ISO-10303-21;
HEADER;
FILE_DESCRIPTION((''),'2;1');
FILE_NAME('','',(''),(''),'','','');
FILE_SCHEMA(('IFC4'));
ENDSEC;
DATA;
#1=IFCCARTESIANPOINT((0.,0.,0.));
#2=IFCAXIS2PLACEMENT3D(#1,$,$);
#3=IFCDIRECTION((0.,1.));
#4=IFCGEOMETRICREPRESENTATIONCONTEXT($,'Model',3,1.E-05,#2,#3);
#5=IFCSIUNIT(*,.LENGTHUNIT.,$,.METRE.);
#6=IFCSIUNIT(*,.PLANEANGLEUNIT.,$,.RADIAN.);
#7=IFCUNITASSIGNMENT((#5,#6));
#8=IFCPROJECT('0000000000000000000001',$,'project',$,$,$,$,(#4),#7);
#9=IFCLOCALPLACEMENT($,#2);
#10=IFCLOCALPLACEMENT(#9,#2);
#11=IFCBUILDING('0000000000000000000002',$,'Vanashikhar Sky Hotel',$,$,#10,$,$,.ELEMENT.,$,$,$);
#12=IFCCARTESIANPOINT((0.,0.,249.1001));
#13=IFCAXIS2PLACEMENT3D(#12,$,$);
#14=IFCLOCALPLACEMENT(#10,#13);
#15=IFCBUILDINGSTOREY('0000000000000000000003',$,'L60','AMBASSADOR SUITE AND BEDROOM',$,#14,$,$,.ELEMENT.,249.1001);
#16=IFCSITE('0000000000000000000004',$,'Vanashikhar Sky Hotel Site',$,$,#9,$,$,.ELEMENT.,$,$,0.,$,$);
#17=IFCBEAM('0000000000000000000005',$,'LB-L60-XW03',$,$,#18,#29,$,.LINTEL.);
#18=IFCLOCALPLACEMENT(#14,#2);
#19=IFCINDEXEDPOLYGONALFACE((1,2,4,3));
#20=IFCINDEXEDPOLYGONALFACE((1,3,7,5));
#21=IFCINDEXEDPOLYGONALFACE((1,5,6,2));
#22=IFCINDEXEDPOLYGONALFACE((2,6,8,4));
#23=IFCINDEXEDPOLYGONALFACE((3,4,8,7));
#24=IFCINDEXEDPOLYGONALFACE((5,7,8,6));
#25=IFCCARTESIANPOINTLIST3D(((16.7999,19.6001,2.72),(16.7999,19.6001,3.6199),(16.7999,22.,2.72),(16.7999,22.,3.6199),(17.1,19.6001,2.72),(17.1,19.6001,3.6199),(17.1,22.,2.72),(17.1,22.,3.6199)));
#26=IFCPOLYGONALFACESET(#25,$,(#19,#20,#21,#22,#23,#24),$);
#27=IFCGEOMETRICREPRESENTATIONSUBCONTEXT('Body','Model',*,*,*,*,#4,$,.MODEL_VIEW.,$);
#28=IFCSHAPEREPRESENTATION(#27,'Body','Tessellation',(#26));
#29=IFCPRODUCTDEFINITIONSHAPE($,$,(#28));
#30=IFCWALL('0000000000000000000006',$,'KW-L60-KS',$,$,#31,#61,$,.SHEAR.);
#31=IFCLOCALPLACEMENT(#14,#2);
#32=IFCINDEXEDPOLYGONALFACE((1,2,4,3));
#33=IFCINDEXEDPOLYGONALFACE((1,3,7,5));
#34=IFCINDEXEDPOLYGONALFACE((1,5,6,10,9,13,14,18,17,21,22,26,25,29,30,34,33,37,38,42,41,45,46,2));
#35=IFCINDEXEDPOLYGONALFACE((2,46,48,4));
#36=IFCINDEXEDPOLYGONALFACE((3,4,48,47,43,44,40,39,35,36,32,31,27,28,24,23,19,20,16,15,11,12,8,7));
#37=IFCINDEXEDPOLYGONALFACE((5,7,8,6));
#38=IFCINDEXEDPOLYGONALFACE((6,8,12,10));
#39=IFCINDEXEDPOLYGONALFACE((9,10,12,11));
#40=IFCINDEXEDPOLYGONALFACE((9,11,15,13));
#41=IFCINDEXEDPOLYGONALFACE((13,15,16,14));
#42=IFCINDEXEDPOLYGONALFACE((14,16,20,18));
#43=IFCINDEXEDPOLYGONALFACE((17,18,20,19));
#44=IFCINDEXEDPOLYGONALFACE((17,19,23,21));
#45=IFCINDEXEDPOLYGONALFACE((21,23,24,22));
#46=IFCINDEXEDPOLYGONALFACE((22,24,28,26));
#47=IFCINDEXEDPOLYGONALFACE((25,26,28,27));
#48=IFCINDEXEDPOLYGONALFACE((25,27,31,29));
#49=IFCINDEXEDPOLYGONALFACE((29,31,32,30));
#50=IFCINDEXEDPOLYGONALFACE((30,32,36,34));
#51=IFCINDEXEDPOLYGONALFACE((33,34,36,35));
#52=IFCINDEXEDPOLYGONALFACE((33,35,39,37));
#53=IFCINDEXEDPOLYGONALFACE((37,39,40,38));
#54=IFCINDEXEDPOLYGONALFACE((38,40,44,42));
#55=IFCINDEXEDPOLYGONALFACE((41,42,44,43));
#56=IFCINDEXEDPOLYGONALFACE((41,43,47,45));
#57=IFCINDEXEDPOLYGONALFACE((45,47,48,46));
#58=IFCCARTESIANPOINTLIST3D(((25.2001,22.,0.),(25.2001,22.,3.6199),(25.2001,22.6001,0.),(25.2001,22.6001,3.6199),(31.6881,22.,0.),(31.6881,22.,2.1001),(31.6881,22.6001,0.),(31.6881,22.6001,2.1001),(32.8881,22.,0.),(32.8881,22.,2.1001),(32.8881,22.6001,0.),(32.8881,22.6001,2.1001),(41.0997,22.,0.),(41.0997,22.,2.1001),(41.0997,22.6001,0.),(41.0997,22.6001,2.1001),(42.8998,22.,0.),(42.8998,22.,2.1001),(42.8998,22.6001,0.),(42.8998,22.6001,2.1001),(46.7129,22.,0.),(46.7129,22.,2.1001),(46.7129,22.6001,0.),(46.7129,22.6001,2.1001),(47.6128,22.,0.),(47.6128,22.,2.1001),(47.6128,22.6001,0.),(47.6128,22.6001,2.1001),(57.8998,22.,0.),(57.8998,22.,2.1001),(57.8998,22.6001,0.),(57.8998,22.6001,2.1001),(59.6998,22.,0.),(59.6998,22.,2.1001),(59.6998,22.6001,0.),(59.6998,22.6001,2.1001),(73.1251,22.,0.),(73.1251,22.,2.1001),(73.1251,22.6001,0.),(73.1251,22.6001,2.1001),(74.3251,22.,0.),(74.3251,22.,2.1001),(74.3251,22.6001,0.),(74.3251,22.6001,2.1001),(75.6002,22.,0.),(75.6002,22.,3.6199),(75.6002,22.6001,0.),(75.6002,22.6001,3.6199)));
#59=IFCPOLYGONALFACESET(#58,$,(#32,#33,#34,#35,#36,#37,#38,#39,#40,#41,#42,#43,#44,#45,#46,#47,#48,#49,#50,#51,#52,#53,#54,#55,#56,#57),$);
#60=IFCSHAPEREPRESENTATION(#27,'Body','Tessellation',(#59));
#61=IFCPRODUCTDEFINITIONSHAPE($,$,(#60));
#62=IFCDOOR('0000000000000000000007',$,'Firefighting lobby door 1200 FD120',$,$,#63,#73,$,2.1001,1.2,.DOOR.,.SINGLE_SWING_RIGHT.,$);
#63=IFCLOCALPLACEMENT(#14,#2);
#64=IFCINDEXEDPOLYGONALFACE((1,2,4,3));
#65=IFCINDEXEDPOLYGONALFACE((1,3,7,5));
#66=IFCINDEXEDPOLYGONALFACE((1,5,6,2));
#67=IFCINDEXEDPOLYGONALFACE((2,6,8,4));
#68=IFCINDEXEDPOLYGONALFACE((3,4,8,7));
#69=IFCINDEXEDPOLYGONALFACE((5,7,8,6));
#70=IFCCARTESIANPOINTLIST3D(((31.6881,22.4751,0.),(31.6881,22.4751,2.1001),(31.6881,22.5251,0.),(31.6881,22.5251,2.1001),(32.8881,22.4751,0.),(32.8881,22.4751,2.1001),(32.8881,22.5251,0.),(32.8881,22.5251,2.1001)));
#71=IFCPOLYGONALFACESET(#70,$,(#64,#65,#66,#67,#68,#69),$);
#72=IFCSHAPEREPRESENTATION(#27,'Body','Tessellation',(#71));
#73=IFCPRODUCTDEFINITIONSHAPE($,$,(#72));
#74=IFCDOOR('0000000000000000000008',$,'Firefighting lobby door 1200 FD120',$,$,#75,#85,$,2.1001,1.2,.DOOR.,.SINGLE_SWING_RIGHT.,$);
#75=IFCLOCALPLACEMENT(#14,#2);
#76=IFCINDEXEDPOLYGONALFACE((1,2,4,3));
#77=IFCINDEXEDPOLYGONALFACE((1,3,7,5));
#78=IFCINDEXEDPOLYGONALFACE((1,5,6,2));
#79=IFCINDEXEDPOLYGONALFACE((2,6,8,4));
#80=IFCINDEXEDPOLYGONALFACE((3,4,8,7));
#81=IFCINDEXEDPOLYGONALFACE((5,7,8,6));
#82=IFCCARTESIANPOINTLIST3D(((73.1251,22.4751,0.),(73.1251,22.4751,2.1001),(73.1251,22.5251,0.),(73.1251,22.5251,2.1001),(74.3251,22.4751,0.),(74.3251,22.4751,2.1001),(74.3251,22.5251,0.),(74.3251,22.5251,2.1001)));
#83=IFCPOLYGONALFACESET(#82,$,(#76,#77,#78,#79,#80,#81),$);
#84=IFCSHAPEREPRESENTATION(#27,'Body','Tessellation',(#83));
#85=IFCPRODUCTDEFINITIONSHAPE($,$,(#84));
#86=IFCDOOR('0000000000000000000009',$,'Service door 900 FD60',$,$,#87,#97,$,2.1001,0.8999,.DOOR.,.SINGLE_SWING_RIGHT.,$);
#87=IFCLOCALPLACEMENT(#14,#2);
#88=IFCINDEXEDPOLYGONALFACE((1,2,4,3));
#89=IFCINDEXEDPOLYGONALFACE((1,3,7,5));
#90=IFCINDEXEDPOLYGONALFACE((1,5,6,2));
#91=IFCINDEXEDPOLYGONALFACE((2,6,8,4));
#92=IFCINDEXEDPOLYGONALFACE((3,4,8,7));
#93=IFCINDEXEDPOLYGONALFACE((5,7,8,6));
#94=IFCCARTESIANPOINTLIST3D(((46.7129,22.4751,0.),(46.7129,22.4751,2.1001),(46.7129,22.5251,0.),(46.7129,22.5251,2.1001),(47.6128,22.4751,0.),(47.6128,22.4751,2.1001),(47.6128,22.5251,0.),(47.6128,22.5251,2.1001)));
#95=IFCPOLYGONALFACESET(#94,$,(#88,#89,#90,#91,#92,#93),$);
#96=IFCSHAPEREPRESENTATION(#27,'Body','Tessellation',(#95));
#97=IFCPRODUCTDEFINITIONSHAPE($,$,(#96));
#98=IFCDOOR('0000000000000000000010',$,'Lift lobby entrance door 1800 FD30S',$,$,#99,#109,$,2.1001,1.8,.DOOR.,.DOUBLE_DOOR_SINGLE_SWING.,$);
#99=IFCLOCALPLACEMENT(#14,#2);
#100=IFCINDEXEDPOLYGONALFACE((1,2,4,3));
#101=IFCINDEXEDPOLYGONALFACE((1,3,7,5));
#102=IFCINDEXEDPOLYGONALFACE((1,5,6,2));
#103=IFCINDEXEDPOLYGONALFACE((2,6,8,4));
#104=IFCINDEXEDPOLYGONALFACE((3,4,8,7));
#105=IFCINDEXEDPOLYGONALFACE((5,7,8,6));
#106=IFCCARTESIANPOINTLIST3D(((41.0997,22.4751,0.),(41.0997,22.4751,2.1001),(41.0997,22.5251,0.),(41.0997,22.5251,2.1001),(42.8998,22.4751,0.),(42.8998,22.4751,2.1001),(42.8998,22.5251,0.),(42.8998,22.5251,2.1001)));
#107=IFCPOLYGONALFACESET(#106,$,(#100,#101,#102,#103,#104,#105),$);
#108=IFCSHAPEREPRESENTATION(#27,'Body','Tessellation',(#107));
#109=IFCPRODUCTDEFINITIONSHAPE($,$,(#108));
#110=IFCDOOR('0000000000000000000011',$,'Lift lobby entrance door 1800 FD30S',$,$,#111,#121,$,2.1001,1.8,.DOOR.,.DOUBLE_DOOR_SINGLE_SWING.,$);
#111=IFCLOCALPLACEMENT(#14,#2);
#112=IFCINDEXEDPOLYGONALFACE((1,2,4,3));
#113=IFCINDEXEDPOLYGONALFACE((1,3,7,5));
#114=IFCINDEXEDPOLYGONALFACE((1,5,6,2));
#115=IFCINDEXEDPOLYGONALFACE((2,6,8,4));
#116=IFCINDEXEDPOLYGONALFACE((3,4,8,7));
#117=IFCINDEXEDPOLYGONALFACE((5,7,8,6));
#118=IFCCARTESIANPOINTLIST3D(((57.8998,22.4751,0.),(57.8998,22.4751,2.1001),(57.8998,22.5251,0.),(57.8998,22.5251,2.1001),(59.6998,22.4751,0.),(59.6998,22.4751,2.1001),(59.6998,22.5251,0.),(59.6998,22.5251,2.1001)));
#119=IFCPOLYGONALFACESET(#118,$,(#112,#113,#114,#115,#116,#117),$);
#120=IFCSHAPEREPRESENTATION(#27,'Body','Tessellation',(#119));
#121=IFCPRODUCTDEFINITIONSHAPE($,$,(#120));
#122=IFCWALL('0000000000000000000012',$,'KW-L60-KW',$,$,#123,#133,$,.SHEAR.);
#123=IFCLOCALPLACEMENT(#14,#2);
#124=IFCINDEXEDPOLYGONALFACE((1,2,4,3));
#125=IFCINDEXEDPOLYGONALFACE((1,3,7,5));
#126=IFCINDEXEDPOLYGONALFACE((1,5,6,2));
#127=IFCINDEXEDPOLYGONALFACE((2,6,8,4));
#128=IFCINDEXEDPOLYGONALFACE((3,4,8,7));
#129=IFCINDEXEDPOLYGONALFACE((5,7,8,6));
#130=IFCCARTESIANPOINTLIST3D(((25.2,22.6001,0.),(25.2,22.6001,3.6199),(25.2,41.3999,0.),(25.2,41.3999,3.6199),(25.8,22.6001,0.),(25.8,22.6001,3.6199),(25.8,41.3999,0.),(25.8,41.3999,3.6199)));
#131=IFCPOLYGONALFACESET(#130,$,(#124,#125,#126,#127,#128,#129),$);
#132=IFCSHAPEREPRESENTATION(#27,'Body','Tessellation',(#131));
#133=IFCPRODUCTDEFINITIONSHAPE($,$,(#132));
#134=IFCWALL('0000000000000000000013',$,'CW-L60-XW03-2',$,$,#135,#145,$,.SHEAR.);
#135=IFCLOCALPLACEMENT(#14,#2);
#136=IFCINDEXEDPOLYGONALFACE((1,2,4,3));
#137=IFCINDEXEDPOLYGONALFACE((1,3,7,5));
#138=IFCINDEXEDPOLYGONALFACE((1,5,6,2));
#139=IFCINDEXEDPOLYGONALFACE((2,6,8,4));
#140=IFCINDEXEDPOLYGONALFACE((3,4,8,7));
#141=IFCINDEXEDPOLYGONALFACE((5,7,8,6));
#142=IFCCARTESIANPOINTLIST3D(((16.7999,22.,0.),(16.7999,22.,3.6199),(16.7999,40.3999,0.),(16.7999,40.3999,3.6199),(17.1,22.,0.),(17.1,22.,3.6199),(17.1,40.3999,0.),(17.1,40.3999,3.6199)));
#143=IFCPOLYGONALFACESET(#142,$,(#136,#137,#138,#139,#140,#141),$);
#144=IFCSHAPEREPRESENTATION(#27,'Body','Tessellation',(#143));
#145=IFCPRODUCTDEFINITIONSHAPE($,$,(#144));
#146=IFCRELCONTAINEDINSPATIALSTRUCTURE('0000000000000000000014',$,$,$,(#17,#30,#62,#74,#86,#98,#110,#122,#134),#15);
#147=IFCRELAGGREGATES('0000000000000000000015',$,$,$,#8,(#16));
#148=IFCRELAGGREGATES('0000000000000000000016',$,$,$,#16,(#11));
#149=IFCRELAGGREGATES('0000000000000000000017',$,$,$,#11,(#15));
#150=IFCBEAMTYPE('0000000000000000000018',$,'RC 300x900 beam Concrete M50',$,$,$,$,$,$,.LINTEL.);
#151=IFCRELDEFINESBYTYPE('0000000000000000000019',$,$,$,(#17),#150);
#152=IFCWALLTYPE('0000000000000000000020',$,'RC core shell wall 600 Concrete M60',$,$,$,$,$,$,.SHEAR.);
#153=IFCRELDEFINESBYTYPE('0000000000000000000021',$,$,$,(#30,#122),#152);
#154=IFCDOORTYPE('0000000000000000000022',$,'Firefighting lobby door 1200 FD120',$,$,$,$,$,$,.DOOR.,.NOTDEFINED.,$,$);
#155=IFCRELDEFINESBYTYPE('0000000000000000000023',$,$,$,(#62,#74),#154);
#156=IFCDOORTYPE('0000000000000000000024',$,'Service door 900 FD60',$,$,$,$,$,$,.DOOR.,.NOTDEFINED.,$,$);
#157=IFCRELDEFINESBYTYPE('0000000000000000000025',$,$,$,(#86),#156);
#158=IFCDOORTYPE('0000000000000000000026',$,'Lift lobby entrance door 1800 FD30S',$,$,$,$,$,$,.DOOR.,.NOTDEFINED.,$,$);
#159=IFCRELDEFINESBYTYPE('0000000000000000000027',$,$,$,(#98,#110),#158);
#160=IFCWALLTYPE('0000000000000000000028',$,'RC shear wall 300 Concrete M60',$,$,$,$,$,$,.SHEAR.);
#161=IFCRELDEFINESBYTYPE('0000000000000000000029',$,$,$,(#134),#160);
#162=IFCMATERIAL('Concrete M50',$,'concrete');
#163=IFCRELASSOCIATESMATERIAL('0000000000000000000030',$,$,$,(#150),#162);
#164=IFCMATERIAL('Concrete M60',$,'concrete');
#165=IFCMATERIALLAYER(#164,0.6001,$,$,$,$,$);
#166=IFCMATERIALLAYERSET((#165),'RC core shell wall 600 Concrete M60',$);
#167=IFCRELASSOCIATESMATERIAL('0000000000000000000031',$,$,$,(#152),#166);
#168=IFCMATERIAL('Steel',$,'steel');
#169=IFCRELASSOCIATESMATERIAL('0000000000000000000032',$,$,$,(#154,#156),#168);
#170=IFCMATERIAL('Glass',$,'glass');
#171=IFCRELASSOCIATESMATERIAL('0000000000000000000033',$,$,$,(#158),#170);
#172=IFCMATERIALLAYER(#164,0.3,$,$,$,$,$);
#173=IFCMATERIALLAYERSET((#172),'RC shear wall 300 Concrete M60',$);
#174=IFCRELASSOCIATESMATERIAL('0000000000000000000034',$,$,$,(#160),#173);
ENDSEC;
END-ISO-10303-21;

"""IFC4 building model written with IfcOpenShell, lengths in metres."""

from ifc_helpers import new_model, si_unit, direction, frame, frame_2d, origin, origin_2d, place, context, subcontext, project, spatial, rectangle, extrude, source, transform, mapped, material, layer, layer_set, material_profile, profile_set, type_object, element, fill, save


model = new_model("IFC4")

# Units and contexts
model_context = context("Model", 3, precision=1e-05, world=origin(), true_north=direction((0.0, 1.0)))
body_context = subcontext(model_context, "Body", "Model", "MODEL_VIEW")
ifc_project = project(units=[si_unit("LENGTHUNIT", "METRE"), si_unit("PLANEANGLEUNIT", "RADIAN")], contexts=[model_context])

# Site, building, storey
site_placement = place(None, origin())
site = spatial("IfcSite", under=ifc_project, at=site_placement, Name="Vanashikhar Sky Hotel Site", CompositionType="ELEMENT", RefElevation=0.0)
building_placement = place(site_placement, origin())
building = spatial("IfcBuilding", under=site, at=building_placement, Name="Vanashikhar Sky Hotel", CompositionType="ELEMENT")
storey_placement = place(building_placement, frame((0.0, 0.0, 249.1001)))
storey = spatial("IfcBuildingStorey", under=building, at=storey_placement, Name="L60", Description="AMBASSADOR SUITE AND BEDROOM", CompositionType="ELEMENT", Elevation=249.1001)

# Beam
ifc_material_1 = material(Name="Concrete M50", Category="concrete")
ifc_material_profile = material_profile(ifc_material_1, rectangle(XDim=0.3, YDim=0.8999, at=origin_2d()))
ifc_profile_set = profile_set([ifc_material_profile], Name="RC 300x900 beam Concrete M50")
beam_type = type_object("IfcBeamType", Name="RC 300x900 beam Concrete M50", PredefinedType="LINTEL", material=ifc_profile_set)
shared_shape_1 = source(origin(), body_context, "Body", "SweptSolid", [
    extrude(rectangle(XDim=0.3, YDim=0.8999, at=origin_2d()), origin(), (0.0, 0.0, 1.0), 2.3999),
])
beam_placement = place(storey_placement, frame((16.95, 19.6001, 3.1699), z_axis=(0.0, 1.0, 0.0), x_axis=(-1.0, 0.0, 0.0)))
element("IfcBeam", 1, at=beam_placement, inside=storey, type_object=beam_type, Name="LB-L60-XW03", PredefinedType="LINTEL", context=body_context, shape_type="MappedRepresentation", body=[
    mapped(shared_shape_1, transform((0.0, 0.0, 0.0), scale=1.0)),
])

# Wall, openings, doors
ifc_material_2 = material(Name="Concrete M60", Category="concrete")
ifc_layer_1 = layer(ifc_material_2, 0.6001)
ifc_layer_set_1 = layer_set([ifc_layer_1], Name="RC core shell wall 600 Concrete M60")
wall_type_1 = type_object("IfcWallType", Name="RC core shell wall 600 Concrete M60", PredefinedType="SHEAR", material=ifc_layer_set_1)
shared_shape_2 = source(origin(), body_context, "Body", "SweptSolid", [
    extrude(rectangle(XDim=50.4001, YDim=0.6001, at=frame_2d((25.2002, 0.0))), origin(), (0.0, 0.0, 1.0), 3.6199),
])
wall_1_placement = place(storey_placement, frame((25.2, 22.3, 0.0), z_axis=(0.0, 0.0, 1.0), x_axis=(1.0, 0.0, 0.0)))
wall_1 = element("IfcWall", 2, at=wall_1_placement, inside=storey, type_object=wall_type_1, Name="KW-L60-KS", PredefinedType="SHEAR", context=body_context, shape_type="MappedRepresentation", body=[
    mapped(shared_shape_2, transform((0.0, 0.0, 0.0), scale=1.0)),
])
shared_shape_3 = source(origin(), body_context, "Body", "SweptSolid", [
    extrude(rectangle(XDim=1.8, YDim=2.1001, at=frame_2d((0.8999, 1.05))), frame((0.0, 0.3101, 0.0), z_axis=(0.0, -1.0, 0.0), x_axis=(1.0, 0.0, 0.0)), (0.0, 0.0, 1.0), 0.6201),
])
opening_1_placement = place(wall_1_placement, frame((15.8999, 0.0, 0.0)))
opening_1 = element("IfcOpeningElement", 3, at=opening_1_placement, cuts=wall_1, PredefinedType="OPENING", context=body_context, shape_type="MappedRepresentation", body=[
    mapped(shared_shape_3, transform((0.0, 0.0, 0.0), scale=1.0)),
])
shared_shape_4 = source(origin(), body_context, "Body", "SweptSolid", [
    extrude(rectangle(XDim=0.8999, YDim=2.1001, at=frame_2d((0.45, 1.05))), frame((0.0, 0.3101, 0.0), z_axis=(0.0, -1.0, 0.0), x_axis=(1.0, 0.0, 0.0)), (0.0, 0.0, 1.0), 0.6201),
])
opening_2_placement = place(wall_1_placement, frame((21.5129, 0.0, 0.0)))
opening_2 = element("IfcOpeningElement", 4, at=opening_2_placement, cuts=wall_1, PredefinedType="OPENING", context=body_context, shape_type="MappedRepresentation", body=[
    mapped(shared_shape_4, transform((0.0, 0.0, 0.0), scale=1.0)),
])
opening_3_placement = place(wall_1_placement, frame((32.7, 0.0, 0.0)))
opening_3 = element("IfcOpeningElement", 5, at=opening_3_placement, cuts=wall_1, PredefinedType="OPENING", context=body_context, shape_type="MappedRepresentation", body=[
    mapped(shared_shape_3, transform((0.0, 0.0, 0.0), scale=1.0)),
])
shared_shape_5 = source(origin(), body_context, "Body", "SweptSolid", [
    extrude(rectangle(XDim=1.2, YDim=2.1001, at=frame_2d((0.6001, 1.05))), frame((0.0, 0.3101, 0.0), z_axis=(0.0, -1.0, 0.0), x_axis=(1.0, 0.0, 0.0)), (0.0, 0.0, 1.0), 0.6201),
])
opening_4_placement = place(wall_1_placement, frame((6.488, 0.0, 0.0)))
opening_4 = element("IfcOpeningElement", 6, at=opening_4_placement, cuts=wall_1, PredefinedType="OPENING", context=body_context, shape_type="MappedRepresentation", body=[
    mapped(shared_shape_5, transform((0.0, 0.0, 0.0), scale=1.0)),
])
opening_5_placement = place(wall_1_placement, frame((47.925, 0.0, 0.0)))
opening_5 = element("IfcOpeningElement", 7, at=opening_5_placement, cuts=wall_1, PredefinedType="OPENING", context=body_context, shape_type="MappedRepresentation", body=[
    mapped(shared_shape_5, transform((0.0, 0.0, 0.0), scale=1.0)),
])
ifc_material_3 = material(Name="Steel", Category="steel")
door_type_1 = type_object("IfcDoorType", Name="Firefighting lobby door 1200 FD120", OperationType="NOTDEFINED", PredefinedType="DOOR", material=ifc_material_3)
shared_shape_6 = source(origin(), body_context, "Body", "SweptSolid", [
    extrude(rectangle(XDim=1.2, YDim=2.1001, at=frame_2d((0.6001, 1.05))), frame((0.0, 0.2251, 0.0), z_axis=(0.0, -1.0, 0.0), x_axis=(1.0, 0.0, 0.0)), (0.0, 0.0, 1.0), 0.05),
])
door_1_placement = place(opening_4_placement, origin())
door_1 = element("IfcDoor", 8, at=door_1_placement, inside=storey, type_object=door_type_1, Name="Firefighting lobby door 1200 FD120", OperationType="SINGLE_SWING_RIGHT", OverallHeight=2.1001, OverallWidth=1.2, PredefinedType="DOOR", context=body_context, shape_type="MappedRepresentation", body=[
    mapped(shared_shape_6, transform((0.0, 0.0, 0.0), scale=1.0)),
])
fill(opening_4, door_1)
door_2_placement = place(opening_5_placement, origin())
door_2 = element("IfcDoor", 9, at=door_2_placement, inside=storey, type_object=door_type_1, Name="Firefighting lobby door 1200 FD120", OperationType="SINGLE_SWING_RIGHT", OverallHeight=2.1001, OverallWidth=1.2, PredefinedType="DOOR", context=body_context, shape_type="MappedRepresentation", body=[
    mapped(shared_shape_6, transform((0.0, 0.0, 0.0), scale=1.0)),
])
fill(opening_5, door_2)
door_type_2 = type_object("IfcDoorType", Name="Service door 900 FD60", OperationType="NOTDEFINED", PredefinedType="DOOR", material=ifc_material_3)
shared_shape_7 = source(origin(), body_context, "Body", "SweptSolid", [
    extrude(rectangle(XDim=0.8999, YDim=2.1001, at=frame_2d((0.45, 1.05))), frame((0.0, 0.2251, 0.0), z_axis=(0.0, -1.0, 0.0), x_axis=(1.0, 0.0, 0.0)), (0.0, 0.0, 1.0), 0.05),
])
door_3_placement = place(opening_2_placement, origin())
door_3 = element("IfcDoor", 10, at=door_3_placement, inside=storey, type_object=door_type_2, Name="Service door 900 FD60", OperationType="SINGLE_SWING_RIGHT", OverallHeight=2.1001, OverallWidth=0.8999, PredefinedType="DOOR", context=body_context, shape_type="MappedRepresentation", body=[
    mapped(shared_shape_7, transform((0.0, 0.0, 0.0), scale=1.0)),
])
fill(opening_2, door_3)
ifc_material_4 = material(Name="Glass", Category="glass")
door_type_3 = type_object("IfcDoorType", Name="Lift lobby entrance door 1800 FD30S", OperationType="NOTDEFINED", PredefinedType="DOOR", material=ifc_material_4)
shared_shape_8 = source(origin(), body_context, "Body", "SweptSolid", [
    extrude(rectangle(XDim=1.8, YDim=2.1001, at=frame_2d((0.8999, 1.05))), frame((0.0, 0.2251, 0.0), z_axis=(0.0, -1.0, 0.0), x_axis=(1.0, 0.0, 0.0)), (0.0, 0.0, 1.0), 0.05),
])
door_4_placement = place(opening_1_placement, origin())
door_4 = element("IfcDoor", 11, at=door_4_placement, inside=storey, type_object=door_type_3, Name="Lift lobby entrance door 1800 FD30S", OperationType="DOUBLE_DOOR_SINGLE_SWING", OverallHeight=2.1001, OverallWidth=1.8, PredefinedType="DOOR", context=body_context, shape_type="MappedRepresentation", body=[
    mapped(shared_shape_8, transform((0.0, 0.0, 0.0), scale=1.0)),
])
fill(opening_1, door_4)
door_5_placement = place(opening_3_placement, origin())
door_5 = element("IfcDoor", 12, at=door_5_placement, inside=storey, type_object=door_type_3, Name="Lift lobby entrance door 1800 FD30S", OperationType="DOUBLE_DOOR_SINGLE_SWING", OverallHeight=2.1001, OverallWidth=1.8, PredefinedType="DOOR", context=body_context, shape_type="MappedRepresentation", body=[
    mapped(shared_shape_8, transform((0.0, 0.0, 0.0), scale=1.0)),
])
fill(opening_3, door_5)

# Walls
shared_shape_9 = source(origin(), body_context, "Body", "SweptSolid", [
    extrude(rectangle(XDim=18.7998, YDim=0.6001, at=frame_2d((9.3999, 0.0))), origin(), (0.0, 0.0, 1.0), 3.6199),
])
wall_2_placement = place(storey_placement, frame((25.5, 22.6001, 0.0), z_axis=(0.0, 0.0, 1.0), x_axis=(0.0, 1.0, 0.0)))
element("IfcWall", 13, at=wall_2_placement, inside=storey, type_object=wall_type_1, Name="KW-L60-KW", PredefinedType="SHEAR", context=body_context, shape_type="MappedRepresentation", body=[
    mapped(shared_shape_9, transform((0.0, 0.0, 0.0), scale=1.0)),
])
ifc_layer_2 = layer(ifc_material_2, 0.3)
ifc_layer_set_2 = layer_set([ifc_layer_2], Name="RC shear wall 300 Concrete M60")
wall_type_2 = type_object("IfcWallType", Name="RC shear wall 300 Concrete M60", PredefinedType="SHEAR", material=ifc_layer_set_2)
shared_shape_10 = source(origin(), body_context, "Body", "SweptSolid", [
    extrude(rectangle(XDim=18.3999, YDim=0.3, at=frame_2d((9.2, 0.0))), origin(), (0.0, 0.0, 1.0), 3.6199),
])
wall_3_placement = place(storey_placement, frame((16.95, 22.0, 0.0), z_axis=(0.0, 0.0, 1.0), x_axis=(0.0, 1.0, 0.0)))
element("IfcWall", 14, at=wall_3_placement, inside=storey, type_object=wall_type_2, Name="CW-L60-XW03-2", PredefinedType="SHEAR", context=body_context, shape_type="MappedRepresentation", body=[
    mapped(shared_shape_10, transform((0.0, 0.0, 0.0), scale=1.0)),
])

save(model, "model.ifc")
